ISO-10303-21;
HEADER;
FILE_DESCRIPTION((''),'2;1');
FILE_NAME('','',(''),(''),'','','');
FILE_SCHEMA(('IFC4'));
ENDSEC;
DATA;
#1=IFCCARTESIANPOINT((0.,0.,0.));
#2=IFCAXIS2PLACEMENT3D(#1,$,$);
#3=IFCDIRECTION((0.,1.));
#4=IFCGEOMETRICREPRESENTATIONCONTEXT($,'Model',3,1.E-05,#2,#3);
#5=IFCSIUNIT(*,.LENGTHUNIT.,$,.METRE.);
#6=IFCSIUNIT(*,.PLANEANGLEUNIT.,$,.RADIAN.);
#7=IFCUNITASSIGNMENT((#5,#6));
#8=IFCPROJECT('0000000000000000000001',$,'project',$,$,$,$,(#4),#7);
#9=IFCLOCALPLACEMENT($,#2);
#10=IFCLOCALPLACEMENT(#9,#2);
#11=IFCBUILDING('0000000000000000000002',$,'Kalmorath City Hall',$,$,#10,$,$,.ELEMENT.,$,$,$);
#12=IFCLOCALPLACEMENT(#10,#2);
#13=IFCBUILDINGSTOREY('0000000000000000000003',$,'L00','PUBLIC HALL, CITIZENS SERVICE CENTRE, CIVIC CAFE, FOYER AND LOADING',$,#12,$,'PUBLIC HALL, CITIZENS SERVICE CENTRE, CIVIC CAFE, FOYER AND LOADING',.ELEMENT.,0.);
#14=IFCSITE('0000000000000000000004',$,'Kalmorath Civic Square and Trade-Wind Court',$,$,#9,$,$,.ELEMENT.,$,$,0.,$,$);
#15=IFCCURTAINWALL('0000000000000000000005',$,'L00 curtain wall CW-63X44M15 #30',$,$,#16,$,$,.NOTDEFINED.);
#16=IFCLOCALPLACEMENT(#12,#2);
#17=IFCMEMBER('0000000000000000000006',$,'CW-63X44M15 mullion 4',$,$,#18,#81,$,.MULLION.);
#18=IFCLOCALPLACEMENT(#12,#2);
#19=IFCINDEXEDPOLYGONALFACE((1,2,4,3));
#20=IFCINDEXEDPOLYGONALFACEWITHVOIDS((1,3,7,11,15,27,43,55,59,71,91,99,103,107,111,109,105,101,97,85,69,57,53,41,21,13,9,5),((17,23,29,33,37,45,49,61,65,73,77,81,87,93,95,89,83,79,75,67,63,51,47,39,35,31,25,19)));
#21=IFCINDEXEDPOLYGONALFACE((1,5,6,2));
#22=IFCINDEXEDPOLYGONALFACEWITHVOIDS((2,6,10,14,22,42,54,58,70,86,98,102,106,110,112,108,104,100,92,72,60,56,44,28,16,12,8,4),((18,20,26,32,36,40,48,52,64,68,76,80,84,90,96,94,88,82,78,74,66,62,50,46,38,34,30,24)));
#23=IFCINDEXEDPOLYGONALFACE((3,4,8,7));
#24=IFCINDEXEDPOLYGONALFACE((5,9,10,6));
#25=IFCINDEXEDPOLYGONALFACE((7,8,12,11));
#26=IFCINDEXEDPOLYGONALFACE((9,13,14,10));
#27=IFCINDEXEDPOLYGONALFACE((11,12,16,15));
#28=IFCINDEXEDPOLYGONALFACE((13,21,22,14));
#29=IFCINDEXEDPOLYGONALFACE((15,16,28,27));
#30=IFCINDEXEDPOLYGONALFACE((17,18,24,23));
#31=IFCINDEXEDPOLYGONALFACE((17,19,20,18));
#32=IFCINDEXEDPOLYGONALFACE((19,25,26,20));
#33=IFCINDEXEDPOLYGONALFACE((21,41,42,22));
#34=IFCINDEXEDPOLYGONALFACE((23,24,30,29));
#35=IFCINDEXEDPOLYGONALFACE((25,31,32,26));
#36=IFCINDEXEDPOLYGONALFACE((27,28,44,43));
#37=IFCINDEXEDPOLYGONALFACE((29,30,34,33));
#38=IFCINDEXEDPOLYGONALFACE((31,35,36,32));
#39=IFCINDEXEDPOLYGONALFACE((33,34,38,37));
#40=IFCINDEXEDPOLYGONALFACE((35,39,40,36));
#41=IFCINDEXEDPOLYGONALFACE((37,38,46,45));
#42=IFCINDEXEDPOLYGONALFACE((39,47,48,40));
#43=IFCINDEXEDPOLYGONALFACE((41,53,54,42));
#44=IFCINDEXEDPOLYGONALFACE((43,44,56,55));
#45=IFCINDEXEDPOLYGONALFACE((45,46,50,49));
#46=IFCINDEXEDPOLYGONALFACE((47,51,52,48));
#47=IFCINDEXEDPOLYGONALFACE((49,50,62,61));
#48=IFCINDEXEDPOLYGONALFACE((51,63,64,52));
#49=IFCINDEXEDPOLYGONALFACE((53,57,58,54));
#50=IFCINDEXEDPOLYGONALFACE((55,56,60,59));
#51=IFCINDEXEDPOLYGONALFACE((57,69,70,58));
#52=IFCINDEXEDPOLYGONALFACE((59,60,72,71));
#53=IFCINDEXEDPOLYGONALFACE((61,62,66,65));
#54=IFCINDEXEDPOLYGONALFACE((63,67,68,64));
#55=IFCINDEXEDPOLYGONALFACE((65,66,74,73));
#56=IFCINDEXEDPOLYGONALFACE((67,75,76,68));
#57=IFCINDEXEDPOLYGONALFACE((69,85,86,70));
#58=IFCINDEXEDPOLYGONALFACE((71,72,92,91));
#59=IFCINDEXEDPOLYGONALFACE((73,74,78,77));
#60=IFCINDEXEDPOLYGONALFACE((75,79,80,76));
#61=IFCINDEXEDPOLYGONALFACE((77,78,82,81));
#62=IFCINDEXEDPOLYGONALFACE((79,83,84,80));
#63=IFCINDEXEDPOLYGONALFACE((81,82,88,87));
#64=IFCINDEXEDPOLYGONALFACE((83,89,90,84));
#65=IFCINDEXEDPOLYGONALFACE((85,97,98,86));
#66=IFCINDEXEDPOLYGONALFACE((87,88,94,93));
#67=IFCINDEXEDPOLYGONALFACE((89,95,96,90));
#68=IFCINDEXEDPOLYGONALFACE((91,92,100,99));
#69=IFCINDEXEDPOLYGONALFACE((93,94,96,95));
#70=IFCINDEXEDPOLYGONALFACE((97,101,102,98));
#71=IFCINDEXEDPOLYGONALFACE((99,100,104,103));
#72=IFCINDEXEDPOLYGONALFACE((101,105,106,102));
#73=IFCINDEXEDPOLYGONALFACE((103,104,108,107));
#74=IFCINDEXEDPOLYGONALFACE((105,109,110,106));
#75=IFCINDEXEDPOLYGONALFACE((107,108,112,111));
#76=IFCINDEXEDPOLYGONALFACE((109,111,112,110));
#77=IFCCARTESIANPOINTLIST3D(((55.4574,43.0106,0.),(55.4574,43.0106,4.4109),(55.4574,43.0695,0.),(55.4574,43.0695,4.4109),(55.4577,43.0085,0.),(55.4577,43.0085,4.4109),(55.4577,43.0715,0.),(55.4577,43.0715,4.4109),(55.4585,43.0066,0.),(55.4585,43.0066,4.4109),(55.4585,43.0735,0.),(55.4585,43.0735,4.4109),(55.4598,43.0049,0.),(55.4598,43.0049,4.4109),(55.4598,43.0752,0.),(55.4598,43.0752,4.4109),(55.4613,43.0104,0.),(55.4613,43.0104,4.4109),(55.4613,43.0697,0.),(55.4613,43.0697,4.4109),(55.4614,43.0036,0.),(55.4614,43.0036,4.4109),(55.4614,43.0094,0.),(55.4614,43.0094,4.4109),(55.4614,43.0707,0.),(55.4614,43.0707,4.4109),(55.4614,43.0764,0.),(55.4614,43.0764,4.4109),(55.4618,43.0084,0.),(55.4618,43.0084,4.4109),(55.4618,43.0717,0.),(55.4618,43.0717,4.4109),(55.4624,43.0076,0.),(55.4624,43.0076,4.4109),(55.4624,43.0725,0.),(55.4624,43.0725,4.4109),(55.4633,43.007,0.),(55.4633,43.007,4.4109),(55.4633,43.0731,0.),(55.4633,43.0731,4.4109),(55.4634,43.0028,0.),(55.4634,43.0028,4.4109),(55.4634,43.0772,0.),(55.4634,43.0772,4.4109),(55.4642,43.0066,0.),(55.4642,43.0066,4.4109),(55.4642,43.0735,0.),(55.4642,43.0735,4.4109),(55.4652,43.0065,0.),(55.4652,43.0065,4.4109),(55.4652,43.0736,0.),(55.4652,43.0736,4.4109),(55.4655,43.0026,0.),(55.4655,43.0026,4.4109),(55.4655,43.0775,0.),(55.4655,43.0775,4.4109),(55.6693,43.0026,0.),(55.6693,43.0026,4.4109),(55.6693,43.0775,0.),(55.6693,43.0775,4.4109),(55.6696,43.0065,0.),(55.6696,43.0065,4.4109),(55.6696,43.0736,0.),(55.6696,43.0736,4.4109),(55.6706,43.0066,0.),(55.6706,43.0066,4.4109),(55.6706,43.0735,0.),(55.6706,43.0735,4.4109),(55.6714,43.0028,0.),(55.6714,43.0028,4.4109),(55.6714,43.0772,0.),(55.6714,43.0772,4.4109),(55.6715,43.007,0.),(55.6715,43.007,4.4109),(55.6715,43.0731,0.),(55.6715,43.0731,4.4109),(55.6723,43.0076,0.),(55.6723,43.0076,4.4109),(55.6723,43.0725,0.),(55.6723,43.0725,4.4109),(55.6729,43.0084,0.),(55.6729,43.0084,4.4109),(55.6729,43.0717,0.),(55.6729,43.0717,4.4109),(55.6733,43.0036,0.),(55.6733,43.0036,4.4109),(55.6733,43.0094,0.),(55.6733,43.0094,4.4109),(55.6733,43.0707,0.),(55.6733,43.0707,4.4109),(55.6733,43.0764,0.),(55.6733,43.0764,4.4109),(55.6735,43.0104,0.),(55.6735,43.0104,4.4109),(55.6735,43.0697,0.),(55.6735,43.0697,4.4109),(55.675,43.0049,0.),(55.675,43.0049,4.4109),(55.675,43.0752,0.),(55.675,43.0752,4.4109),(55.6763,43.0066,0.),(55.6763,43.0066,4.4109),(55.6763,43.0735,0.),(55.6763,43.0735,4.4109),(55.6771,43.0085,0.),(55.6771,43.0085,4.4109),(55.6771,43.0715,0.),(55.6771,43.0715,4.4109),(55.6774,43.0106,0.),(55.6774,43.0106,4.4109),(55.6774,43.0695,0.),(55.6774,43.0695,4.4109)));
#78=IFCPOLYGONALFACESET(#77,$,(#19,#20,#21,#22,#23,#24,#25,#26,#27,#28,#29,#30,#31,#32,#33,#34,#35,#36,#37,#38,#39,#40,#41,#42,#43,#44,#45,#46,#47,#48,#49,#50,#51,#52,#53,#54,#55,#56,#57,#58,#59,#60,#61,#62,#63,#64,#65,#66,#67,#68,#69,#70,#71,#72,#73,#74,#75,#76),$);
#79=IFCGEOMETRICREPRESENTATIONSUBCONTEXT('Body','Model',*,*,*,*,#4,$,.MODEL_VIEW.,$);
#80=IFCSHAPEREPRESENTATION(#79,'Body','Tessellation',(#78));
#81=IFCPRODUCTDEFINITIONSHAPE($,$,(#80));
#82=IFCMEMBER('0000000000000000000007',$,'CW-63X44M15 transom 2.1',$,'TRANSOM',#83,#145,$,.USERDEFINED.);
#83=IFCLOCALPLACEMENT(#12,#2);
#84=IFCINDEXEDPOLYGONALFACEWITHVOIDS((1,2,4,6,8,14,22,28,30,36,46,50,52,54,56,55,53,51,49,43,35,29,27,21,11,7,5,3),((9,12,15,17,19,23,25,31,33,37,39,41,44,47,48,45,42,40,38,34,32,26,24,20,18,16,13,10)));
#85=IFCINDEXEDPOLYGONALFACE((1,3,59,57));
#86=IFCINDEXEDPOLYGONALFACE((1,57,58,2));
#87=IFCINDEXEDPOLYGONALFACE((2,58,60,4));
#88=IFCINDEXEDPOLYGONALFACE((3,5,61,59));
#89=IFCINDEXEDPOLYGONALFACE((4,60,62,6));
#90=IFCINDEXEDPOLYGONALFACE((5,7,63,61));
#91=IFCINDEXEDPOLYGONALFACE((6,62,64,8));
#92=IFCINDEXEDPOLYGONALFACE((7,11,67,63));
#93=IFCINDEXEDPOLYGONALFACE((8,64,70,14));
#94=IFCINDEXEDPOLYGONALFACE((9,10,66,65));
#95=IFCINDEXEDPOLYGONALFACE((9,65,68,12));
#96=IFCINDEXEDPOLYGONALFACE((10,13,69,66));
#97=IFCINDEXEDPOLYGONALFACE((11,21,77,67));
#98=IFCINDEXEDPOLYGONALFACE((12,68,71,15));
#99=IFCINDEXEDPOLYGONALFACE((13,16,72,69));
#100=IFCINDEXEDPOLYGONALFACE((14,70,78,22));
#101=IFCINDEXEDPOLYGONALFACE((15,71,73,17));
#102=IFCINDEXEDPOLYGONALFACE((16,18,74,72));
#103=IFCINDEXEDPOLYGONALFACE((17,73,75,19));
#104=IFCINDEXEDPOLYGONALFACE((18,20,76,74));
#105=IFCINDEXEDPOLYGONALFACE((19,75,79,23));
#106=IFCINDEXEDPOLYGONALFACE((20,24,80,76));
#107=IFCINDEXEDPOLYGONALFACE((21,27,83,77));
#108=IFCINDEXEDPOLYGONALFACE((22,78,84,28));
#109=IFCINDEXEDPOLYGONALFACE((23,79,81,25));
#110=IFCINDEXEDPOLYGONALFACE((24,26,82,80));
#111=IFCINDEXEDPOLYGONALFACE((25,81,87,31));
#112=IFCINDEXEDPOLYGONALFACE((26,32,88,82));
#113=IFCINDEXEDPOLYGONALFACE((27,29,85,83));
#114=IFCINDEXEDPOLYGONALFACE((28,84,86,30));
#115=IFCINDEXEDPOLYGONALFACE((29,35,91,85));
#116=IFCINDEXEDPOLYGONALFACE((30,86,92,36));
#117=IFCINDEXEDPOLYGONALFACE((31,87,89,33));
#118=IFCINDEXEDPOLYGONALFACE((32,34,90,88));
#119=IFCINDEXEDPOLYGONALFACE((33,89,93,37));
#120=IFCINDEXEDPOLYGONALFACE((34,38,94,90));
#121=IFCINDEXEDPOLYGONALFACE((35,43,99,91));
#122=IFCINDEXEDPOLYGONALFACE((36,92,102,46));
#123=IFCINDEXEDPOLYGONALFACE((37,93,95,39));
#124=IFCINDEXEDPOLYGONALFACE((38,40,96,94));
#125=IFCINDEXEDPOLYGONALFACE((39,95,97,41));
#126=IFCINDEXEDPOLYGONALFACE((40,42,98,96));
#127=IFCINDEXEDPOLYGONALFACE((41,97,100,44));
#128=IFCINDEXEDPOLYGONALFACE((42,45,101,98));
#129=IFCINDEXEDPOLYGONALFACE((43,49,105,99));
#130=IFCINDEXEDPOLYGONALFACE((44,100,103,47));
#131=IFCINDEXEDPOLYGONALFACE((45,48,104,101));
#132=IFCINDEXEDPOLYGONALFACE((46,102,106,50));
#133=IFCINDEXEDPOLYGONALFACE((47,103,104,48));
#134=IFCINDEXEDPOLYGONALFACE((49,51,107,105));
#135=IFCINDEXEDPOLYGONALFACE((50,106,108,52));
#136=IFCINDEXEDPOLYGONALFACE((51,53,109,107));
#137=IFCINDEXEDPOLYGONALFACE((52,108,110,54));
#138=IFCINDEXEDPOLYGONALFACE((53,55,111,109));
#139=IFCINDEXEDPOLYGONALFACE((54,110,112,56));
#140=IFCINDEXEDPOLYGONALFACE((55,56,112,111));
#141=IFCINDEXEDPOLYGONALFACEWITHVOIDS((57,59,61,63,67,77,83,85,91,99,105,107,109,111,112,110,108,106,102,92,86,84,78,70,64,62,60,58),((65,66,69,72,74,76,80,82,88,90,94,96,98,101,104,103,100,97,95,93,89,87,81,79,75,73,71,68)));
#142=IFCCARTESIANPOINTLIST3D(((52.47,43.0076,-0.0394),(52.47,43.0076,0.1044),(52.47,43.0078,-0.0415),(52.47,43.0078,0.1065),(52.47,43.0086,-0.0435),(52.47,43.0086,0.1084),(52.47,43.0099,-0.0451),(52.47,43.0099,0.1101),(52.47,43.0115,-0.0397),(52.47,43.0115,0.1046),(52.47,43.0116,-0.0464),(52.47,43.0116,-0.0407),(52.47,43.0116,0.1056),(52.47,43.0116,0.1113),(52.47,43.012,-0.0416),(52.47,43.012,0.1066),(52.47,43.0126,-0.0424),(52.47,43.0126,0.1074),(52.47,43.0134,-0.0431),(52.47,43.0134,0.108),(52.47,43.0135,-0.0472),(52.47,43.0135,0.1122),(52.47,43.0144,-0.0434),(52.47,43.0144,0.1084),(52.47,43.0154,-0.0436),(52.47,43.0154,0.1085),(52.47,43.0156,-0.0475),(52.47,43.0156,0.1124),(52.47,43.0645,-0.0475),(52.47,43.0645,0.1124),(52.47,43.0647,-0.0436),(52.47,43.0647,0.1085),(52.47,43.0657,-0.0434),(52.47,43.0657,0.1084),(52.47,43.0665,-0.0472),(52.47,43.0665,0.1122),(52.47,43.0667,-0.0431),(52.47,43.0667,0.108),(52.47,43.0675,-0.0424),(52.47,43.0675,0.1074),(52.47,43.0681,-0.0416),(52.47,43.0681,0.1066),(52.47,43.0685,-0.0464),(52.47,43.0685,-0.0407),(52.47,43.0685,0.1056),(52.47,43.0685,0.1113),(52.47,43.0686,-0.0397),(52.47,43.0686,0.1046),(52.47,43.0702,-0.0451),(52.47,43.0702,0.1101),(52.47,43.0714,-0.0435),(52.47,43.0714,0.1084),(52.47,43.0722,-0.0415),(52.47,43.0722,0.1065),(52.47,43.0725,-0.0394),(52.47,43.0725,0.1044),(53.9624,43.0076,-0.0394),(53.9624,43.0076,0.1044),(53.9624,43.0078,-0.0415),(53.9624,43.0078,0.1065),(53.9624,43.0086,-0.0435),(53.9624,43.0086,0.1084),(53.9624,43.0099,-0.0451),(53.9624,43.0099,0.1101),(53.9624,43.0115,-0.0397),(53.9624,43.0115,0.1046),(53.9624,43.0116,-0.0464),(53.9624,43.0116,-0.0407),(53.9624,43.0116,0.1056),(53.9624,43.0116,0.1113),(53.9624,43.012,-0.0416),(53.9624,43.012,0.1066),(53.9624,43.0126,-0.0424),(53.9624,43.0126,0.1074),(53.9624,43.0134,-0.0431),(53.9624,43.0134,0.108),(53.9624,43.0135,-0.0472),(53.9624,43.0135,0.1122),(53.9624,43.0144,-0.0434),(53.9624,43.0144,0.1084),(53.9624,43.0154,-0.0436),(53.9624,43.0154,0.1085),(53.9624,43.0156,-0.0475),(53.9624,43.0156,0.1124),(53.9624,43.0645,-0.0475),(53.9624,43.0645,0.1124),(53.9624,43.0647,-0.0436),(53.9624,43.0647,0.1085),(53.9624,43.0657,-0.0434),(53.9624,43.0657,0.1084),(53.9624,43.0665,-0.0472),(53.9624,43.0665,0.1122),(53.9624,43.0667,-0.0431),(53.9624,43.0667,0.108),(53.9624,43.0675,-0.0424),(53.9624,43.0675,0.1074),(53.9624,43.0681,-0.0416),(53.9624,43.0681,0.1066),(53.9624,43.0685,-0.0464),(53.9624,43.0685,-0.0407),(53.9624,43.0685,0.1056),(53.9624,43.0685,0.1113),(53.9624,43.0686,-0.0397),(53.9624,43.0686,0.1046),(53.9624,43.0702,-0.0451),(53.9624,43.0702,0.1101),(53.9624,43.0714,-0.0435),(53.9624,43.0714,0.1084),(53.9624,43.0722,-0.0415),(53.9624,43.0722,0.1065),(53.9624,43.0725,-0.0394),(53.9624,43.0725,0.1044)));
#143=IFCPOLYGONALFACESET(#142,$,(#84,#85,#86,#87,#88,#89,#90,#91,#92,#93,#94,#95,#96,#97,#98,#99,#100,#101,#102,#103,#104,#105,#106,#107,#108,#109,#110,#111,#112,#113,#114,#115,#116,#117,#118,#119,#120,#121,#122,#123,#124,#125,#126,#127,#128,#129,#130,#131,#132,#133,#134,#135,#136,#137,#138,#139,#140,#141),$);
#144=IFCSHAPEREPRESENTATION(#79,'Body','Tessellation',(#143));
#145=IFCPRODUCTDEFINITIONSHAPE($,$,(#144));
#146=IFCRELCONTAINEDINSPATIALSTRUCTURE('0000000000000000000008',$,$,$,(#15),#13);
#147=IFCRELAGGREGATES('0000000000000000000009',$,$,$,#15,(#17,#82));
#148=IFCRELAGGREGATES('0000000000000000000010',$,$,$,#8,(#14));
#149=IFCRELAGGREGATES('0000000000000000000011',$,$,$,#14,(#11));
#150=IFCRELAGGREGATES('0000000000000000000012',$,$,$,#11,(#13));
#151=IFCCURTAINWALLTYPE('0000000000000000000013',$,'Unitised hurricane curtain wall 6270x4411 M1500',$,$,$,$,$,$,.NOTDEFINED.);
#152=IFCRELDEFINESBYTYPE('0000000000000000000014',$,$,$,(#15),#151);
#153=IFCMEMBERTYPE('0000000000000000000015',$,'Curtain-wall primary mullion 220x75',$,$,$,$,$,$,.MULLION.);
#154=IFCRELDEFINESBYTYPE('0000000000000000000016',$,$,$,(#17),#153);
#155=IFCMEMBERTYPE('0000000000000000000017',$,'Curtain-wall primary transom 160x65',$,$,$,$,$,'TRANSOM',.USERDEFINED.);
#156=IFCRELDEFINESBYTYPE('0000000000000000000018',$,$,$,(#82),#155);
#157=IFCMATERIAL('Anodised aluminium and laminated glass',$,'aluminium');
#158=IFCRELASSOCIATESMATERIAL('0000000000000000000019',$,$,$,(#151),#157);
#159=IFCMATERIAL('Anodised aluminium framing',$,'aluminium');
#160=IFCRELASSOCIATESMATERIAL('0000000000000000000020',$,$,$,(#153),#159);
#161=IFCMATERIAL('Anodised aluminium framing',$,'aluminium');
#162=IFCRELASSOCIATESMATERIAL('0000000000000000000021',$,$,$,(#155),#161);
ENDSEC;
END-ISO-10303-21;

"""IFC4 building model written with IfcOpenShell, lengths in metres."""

from ifc_helpers import new_model, si_unit, direction, frame, origin, origin_2d, place, context, subcontext, project, spatial, hollow_rectangle, extrude, material, material_profile, profile_set, type_object, element, aggregate, save


model = new_model("IFC4")

# Units and contexts
model_context = context("Model", 3, precision=1e-05, world=origin(), true_north=direction((0.0, 1.0)))
body_context = subcontext(model_context, "Body", "Model", "MODEL_VIEW")
ifc_project = project(units=[si_unit("LENGTHUNIT", "METRE"), si_unit("PLANEANGLEUNIT", "RADIAN")], contexts=[model_context])

# Site, building, storey
site_placement = place(None, origin())
site = spatial("IfcSite", under=ifc_project, at=site_placement, Name="Kalmorath Civic Square and Trade-Wind Court", CompositionType="ELEMENT", RefElevation=0.0)
building_placement = place(site_placement, origin())
building = spatial("IfcBuilding", under=site, at=building_placement, Name="Kalmorath City Hall", CompositionType="ELEMENT")
storey_placement = place(building_placement, origin())
storey = spatial("IfcBuildingStorey", under=building, at=storey_placement, Name="L00", Description="PUBLIC HALL, CITIZENS SERVICE CENTRE, CIVIC CAFE, FOYER AND LOADING", LongName="PUBLIC HALL, CITIZENS SERVICE CENTRE, CIVIC CAFE, FOYER AND LOADING", CompositionType="ELEMENT", Elevation=0.0)

# Curtain wall, members
ifc_material_1 = material(Name="Anodised aluminium and laminated glass", Category="aluminium")
curtain_wall_type = type_object("IfcCurtainWallType", Name="Unitised hurricane curtain wall 6270x4411 M1500", PredefinedType="NOTDEFINED", material=ifc_material_1)
curtain_wall_placement = place(storey_placement, origin())
curtain_wall = element("IfcCurtainWall", 1, at=curtain_wall_placement, inside=storey, type_object=curtain_wall_type, Name="L00 curtain wall CW-63X44M15 #30", PredefinedType="NOTDEFINED")
ifc_material_2 = material(Name="Anodised aluminium framing", Category="aluminium")
ifc_material_profile_1 = material_profile(ifc_material_2, hollow_rectangle(XDim=0.075, YDim=0.22, WallThickness=0.0039, InnerFilletRadius=0.0039, OuterFilletRadius=0.0081, at=origin_2d()), Name="ALU-MUL-220X75X4")
ifc_profile_set_1 = profile_set([ifc_material_profile_1], Name="Anodised aluminium framing")
member_type_1 = type_object("IfcMemberType", Name="Curtain-wall primary mullion 220x75", PredefinedType="MULLION", material=ifc_profile_set_1)
member_1_placement = place(storey_placement, frame((55.5674, 43.04, 0.0), z_axis=(0.0, 0.0, 1.0), x_axis=(0.0, 1.0, 0.0)))
member_1 = element("IfcMember", 2, at=member_1_placement, type_object=member_type_1, Name="CW-63X44M15 mullion 4", PredefinedType="MULLION", context=body_context, shape_type="SweptSolid", body=[
    extrude(hollow_rectangle(XDim=0.075, YDim=0.22, WallThickness=0.0039, InnerFilletRadius=0.0039, OuterFilletRadius=0.0081, at=origin_2d()), origin(), (0.0, 0.0, 1.0), 4.4109),
])
ifc_material_3 = material(Name="Anodised aluminium framing", Category="aluminium")
ifc_material_profile_2 = material_profile(ifc_material_3, hollow_rectangle(XDim=0.0649, YDim=0.1599, WallThickness=0.0039, InnerFilletRadius=0.0039, OuterFilletRadius=0.0081, at=origin_2d()), Name="ALU-TRN-160X65X4")
ifc_profile_set_2 = profile_set([ifc_material_profile_2], Name="Anodised aluminium framing")
member_type_2 = type_object("IfcMemberType", Name="Curtain-wall primary transom 160x65", ElementType="TRANSOM", PredefinedType="USERDEFINED", material=ifc_profile_set_2)
member_2_placement = place(storey_placement, frame((52.47, 43.04, 0.0325), z_axis=(1.0, 0.0, 0.0), x_axis=(0.0, 1.0, 0.0)))
member_2 = element("IfcMember", 3, at=member_2_placement, type_object=member_type_2, Name="CW-63X44M15 transom 2.1", ObjectType="TRANSOM", PredefinedType="USERDEFINED", context=body_context, shape_type="SweptSolid", body=[
    extrude(hollow_rectangle(XDim=0.0649, YDim=0.1599, WallThickness=0.0039, InnerFilletRadius=0.0039, OuterFilletRadius=0.0081, at=origin_2d()), origin(), (0.0, 0.0, 1.0), 1.4924),
])

aggregate(curtain_wall, [member_1, member_2])

save(model, "model.ifc")
